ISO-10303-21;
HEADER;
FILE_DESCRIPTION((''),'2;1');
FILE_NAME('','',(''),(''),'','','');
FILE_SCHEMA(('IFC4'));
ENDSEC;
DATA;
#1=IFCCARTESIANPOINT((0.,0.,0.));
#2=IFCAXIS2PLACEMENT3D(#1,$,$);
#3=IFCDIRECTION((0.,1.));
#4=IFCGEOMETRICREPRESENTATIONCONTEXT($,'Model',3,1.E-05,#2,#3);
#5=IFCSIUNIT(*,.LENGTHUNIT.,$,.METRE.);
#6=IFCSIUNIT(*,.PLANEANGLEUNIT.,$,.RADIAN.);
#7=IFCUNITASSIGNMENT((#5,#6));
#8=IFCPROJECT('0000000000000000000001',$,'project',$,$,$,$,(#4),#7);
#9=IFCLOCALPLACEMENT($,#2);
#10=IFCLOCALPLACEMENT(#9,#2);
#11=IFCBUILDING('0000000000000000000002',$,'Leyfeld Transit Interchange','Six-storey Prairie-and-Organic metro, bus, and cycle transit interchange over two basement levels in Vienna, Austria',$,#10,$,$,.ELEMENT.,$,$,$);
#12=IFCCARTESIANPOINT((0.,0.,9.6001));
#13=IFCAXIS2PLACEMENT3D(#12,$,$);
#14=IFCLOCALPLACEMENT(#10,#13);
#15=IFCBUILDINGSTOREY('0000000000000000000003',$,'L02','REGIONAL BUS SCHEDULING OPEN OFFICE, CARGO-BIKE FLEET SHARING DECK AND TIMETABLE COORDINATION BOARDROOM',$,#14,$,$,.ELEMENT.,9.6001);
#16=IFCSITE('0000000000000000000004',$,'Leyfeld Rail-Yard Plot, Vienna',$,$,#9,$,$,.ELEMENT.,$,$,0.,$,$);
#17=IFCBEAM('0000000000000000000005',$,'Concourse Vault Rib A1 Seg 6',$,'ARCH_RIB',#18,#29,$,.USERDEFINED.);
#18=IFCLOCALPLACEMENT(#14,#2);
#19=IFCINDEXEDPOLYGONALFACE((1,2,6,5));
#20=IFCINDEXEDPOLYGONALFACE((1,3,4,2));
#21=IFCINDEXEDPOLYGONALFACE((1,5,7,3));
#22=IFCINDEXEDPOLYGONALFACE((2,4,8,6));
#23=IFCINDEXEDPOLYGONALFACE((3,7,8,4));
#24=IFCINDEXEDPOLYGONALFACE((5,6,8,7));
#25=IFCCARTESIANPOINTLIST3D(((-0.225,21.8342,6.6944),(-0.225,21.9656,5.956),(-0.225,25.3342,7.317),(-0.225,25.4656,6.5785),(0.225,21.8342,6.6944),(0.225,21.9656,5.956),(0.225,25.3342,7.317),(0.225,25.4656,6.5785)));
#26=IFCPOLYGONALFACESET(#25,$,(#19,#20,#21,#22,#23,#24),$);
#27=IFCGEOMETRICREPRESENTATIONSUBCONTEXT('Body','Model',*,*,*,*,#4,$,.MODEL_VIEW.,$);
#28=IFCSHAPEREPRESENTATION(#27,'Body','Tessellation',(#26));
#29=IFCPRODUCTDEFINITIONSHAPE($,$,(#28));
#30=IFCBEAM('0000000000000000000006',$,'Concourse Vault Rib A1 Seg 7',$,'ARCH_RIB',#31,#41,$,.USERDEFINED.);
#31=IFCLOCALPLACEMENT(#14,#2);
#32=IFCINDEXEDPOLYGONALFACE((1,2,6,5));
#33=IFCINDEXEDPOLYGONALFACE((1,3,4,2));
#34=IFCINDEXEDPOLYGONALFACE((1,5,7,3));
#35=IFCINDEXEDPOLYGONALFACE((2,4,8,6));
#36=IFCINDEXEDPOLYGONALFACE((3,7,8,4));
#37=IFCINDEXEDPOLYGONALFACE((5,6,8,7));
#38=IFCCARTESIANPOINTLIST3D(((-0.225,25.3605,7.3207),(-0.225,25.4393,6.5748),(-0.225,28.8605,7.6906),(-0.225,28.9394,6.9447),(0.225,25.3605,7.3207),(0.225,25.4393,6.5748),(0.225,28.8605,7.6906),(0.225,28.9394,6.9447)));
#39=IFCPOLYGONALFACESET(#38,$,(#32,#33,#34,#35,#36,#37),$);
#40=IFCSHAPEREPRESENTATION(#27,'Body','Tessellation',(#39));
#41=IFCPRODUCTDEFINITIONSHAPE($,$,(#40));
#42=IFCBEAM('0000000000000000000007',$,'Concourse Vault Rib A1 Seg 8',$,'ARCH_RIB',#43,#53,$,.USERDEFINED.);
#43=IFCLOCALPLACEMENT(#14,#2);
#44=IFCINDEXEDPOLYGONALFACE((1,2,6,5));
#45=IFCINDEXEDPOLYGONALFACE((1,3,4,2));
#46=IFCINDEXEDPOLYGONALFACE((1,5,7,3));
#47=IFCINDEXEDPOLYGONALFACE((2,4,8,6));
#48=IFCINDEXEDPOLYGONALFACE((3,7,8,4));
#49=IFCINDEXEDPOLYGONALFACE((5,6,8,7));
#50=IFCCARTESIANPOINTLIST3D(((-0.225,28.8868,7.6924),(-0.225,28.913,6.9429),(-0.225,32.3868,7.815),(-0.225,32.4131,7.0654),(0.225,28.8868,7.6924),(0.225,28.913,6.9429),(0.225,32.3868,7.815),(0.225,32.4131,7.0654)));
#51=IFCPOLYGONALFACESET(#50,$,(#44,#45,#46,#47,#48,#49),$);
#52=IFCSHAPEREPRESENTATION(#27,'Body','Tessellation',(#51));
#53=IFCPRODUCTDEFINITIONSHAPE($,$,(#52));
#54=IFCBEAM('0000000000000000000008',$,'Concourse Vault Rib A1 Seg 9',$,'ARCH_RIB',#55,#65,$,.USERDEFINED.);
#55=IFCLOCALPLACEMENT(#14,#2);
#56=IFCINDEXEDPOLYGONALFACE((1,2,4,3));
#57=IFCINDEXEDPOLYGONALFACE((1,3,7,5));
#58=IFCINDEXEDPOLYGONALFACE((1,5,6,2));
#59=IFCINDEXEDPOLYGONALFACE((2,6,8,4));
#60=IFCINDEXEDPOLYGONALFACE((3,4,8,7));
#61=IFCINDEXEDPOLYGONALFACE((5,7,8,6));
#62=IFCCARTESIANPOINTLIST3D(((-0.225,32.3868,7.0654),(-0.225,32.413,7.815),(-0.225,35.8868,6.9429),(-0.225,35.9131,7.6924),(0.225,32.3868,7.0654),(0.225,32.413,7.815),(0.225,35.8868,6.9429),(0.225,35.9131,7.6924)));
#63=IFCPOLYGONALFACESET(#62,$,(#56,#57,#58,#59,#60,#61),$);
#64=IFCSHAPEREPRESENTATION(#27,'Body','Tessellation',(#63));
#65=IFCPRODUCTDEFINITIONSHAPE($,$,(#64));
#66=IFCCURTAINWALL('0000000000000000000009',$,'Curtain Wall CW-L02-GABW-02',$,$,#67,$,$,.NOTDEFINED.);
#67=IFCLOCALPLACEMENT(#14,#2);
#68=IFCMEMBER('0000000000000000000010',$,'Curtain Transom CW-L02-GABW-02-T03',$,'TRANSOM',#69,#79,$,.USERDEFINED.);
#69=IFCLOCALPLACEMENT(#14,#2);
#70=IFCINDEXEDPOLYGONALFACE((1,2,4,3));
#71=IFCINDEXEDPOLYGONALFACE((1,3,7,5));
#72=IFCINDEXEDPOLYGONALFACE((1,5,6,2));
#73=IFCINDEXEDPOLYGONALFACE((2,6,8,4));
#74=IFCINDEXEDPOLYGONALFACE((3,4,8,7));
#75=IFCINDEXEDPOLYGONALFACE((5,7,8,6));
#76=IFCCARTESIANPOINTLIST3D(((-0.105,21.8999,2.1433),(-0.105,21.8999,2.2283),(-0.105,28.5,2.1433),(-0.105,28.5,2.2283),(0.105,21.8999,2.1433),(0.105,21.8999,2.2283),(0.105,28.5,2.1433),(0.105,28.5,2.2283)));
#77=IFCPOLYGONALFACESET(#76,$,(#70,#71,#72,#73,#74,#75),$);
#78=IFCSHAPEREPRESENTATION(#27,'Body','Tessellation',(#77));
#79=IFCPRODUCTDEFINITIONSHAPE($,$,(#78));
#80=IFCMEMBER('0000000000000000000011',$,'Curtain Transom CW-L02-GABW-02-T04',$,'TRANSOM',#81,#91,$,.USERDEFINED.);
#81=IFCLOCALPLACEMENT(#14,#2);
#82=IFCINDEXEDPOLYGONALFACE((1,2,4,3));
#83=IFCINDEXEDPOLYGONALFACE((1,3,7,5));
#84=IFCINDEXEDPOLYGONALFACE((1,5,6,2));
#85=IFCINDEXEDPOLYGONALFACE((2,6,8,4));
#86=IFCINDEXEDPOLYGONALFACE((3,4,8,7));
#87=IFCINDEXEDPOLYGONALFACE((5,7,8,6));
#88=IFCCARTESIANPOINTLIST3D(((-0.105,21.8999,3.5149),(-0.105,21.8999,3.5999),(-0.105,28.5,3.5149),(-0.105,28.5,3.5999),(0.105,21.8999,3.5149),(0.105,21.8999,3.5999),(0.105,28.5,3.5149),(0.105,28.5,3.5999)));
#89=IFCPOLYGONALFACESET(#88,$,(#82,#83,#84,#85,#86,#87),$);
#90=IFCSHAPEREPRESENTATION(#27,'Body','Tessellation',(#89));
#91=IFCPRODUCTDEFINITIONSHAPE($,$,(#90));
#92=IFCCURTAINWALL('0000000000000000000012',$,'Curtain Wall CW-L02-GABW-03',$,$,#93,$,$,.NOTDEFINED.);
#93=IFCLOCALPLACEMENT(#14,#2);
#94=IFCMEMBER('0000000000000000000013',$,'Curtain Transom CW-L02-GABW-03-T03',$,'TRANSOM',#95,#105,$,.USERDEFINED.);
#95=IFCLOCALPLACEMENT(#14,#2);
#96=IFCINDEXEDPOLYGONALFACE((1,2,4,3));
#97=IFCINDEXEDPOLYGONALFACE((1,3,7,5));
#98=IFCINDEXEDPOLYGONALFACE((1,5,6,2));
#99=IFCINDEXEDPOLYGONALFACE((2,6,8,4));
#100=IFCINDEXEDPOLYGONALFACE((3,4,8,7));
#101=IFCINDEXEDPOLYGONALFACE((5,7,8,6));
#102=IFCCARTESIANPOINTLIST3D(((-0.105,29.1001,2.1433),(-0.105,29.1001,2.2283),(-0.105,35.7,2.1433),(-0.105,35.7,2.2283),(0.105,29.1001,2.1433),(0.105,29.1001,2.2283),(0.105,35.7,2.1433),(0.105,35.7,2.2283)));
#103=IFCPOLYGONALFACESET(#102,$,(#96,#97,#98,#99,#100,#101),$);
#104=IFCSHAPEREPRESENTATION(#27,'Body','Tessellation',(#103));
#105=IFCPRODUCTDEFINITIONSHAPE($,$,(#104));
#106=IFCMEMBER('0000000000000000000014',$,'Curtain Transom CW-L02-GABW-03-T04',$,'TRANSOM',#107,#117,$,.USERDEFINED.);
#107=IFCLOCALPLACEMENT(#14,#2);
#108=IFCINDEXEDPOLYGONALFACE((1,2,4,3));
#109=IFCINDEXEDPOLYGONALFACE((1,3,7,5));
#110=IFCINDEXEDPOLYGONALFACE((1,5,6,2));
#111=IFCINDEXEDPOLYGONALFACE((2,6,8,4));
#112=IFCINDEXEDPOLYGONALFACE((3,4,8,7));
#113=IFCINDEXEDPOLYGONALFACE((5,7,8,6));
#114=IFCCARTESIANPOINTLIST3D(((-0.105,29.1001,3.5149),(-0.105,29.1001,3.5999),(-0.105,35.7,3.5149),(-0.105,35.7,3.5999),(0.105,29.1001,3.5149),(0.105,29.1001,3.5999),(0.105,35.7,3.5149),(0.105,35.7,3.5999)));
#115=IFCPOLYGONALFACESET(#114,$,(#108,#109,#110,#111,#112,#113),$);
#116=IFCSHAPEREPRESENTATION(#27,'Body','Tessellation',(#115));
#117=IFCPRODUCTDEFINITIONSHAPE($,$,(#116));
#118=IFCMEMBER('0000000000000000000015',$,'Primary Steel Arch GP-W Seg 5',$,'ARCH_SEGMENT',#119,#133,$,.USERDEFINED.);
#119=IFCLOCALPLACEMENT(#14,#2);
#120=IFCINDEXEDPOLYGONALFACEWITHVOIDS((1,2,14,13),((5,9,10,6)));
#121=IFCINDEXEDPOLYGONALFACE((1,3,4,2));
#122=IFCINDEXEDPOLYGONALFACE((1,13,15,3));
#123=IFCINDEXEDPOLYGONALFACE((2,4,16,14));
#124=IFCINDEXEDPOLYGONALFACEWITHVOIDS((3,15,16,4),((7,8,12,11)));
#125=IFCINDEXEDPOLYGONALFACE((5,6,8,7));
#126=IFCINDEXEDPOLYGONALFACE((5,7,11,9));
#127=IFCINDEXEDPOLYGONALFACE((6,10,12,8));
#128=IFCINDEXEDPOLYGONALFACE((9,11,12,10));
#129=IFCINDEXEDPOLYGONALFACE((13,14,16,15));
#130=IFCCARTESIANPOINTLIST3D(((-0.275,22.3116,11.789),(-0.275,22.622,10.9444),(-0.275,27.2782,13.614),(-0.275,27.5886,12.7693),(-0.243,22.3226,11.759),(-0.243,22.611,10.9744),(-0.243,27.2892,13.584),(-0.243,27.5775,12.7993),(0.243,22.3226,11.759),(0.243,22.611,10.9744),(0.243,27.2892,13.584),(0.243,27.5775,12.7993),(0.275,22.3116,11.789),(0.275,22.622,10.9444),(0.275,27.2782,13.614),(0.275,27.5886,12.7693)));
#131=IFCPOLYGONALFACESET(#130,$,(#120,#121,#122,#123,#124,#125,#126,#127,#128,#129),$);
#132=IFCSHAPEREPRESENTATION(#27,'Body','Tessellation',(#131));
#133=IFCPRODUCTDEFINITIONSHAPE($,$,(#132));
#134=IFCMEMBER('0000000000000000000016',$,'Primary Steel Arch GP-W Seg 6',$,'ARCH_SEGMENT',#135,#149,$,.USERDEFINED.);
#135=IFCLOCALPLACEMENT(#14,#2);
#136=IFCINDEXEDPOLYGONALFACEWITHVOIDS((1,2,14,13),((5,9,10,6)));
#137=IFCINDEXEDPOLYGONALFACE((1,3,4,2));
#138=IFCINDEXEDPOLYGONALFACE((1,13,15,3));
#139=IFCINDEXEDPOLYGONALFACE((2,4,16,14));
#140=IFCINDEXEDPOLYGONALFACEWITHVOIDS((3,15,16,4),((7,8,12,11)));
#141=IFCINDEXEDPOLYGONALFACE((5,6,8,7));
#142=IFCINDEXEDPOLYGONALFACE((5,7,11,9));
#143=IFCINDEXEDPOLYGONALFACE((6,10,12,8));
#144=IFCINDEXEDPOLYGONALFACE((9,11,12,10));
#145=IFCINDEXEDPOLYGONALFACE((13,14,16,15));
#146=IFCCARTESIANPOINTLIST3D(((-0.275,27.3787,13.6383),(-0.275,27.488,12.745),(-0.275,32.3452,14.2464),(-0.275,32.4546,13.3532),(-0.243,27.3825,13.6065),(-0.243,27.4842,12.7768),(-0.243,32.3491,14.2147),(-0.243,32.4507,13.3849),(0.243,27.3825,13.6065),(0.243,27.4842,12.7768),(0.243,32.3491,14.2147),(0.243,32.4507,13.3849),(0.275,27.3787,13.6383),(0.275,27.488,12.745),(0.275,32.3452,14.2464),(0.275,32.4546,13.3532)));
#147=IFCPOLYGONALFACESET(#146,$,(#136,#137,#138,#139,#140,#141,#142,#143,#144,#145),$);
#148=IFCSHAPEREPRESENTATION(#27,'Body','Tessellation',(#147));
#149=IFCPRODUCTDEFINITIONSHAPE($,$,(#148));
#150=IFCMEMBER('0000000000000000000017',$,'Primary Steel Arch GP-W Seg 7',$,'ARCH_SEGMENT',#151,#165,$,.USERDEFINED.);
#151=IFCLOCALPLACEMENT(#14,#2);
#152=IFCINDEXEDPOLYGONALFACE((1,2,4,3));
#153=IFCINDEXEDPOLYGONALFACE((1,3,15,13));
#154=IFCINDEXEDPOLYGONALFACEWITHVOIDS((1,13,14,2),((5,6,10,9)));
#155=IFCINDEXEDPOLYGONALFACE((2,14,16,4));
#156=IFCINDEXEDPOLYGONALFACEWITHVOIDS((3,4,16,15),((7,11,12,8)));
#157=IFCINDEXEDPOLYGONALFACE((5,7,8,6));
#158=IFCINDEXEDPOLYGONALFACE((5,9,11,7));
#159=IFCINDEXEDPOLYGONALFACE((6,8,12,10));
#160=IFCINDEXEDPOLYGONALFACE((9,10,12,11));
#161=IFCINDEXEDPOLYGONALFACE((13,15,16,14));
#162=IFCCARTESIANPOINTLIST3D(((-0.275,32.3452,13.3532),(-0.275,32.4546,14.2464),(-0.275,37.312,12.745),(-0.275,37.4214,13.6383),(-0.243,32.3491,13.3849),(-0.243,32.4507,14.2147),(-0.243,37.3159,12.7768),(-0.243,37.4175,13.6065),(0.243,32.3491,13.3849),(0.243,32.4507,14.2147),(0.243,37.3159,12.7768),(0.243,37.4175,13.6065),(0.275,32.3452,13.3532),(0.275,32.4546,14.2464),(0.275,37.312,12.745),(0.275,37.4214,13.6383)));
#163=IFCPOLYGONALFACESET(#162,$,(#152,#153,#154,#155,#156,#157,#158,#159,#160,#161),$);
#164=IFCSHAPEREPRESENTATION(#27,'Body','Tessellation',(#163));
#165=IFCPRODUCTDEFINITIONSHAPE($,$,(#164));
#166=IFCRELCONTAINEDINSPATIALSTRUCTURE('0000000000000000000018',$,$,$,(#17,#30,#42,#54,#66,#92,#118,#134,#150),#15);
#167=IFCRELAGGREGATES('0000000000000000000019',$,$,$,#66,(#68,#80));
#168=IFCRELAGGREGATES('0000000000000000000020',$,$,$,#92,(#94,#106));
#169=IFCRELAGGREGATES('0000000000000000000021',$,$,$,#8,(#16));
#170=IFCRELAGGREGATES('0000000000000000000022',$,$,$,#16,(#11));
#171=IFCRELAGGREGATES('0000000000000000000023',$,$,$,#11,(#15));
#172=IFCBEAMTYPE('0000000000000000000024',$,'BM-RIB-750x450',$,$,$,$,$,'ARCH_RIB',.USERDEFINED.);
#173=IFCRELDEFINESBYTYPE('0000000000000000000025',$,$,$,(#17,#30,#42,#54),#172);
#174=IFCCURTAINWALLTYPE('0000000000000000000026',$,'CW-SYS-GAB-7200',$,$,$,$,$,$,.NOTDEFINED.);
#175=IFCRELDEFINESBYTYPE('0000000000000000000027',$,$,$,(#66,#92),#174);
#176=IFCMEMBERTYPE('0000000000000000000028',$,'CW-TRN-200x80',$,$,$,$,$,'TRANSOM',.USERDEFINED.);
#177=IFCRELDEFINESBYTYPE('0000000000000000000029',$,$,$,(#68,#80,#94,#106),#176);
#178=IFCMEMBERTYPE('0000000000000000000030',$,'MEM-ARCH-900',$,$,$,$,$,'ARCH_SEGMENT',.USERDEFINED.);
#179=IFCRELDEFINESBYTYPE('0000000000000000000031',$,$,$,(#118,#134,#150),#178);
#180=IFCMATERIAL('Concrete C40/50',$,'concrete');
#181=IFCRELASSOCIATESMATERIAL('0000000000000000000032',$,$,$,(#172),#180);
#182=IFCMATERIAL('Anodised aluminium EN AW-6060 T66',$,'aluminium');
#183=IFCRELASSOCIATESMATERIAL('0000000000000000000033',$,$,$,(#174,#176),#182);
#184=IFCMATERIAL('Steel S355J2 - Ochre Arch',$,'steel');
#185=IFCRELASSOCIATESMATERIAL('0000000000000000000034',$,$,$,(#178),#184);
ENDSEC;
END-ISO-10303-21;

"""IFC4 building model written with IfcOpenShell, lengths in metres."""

from ifc_helpers import new_model, si_unit, direction, frame, origin, origin_2d, place, context, subcontext, project, spatial, rectangle, hollow_rectangle, extrude, material, material_profile, profile_set, type_object, element, aggregate, save


model = new_model("IFC4")

# Units and contexts
model_context = context("Model", 3, precision=1e-05, world=origin(), true_north=direction((0.0, 1.0)))
body_context = subcontext(model_context, "Body", "Model", "MODEL_VIEW")
ifc_project = project(units=[si_unit("LENGTHUNIT", "METRE"), si_unit("PLANEANGLEUNIT", "RADIAN")], contexts=[model_context])

# Site, building, storey
site_placement = place(None, origin())
site = spatial("IfcSite", under=ifc_project, at=site_placement, Name="Leyfeld Rail-Yard Plot, Vienna", CompositionType="ELEMENT", RefElevation=0.0)
building_placement = place(site_placement, origin())
building = spatial("IfcBuilding", under=site, at=building_placement, Name="Leyfeld Transit Interchange", Description="Six-storey Prairie-and-Organic metro, bus, and cycle transit interchange over two basement levels in Vienna, Austria", CompositionType="ELEMENT")
storey_placement = place(building_placement, frame((0.0, 0.0, 9.6001)))
storey = spatial("IfcBuildingStorey", under=building, at=storey_placement, Name="L02", Description="REGIONAL BUS SCHEDULING OPEN OFFICE, CARGO-BIKE FLEET SHARING DECK AND TIMETABLE COORDINATION BOARDROOM", CompositionType="ELEMENT", Elevation=9.6001)

# Beams
ifc_material_1 = material(Name="Concrete C40/50", Category="concrete")
ifc_material_profile_1 = material_profile(ifc_material_1, rectangle(XDim=0.45, YDim=0.75, at=origin_2d()), Name="RC 750x450 RIB")
ifc_profile_set_1 = profile_set([ifc_material_profile_1], Name="Concrete C40/50")
beam_type = type_object("IfcBeamType", Name="BM-RIB-750x450", ElementType="ARCH_RIB", PredefinedType="USERDEFINED", material=ifc_profile_set_1)
beam_1_placement = place(storey_placement, frame((0.0, 21.8999, 6.3252), z_axis=(0.0, 0.984546, 0.175125), x_axis=(-1.0, 0.0, 0.0)))
element("IfcBeam", 1, at=beam_1_placement, inside=storey, type_object=beam_type, Name="Concourse Vault Rib A1 Seg 6", ObjectType="ARCH_RIB", PredefinedType="USERDEFINED", context=body_context, shape_type="SweptSolid", body=[
    extrude(rectangle(XDim=0.45, YDim=0.75, at=origin_2d()), origin(), (0.0, 0.0, 1.0), 3.5549),
])
beam_2_placement = place(storey_placement, frame((0.0, 25.3999, 6.9478), z_axis=(0.0, 0.994462, 0.105093), x_axis=(-1.0, 0.0, 0.0)))
element("IfcBeam", 2, at=beam_2_placement, inside=storey, type_object=beam_type, Name="Concourse Vault Rib A1 Seg 7", ObjectType="ARCH_RIB", PredefinedType="USERDEFINED", context=body_context, shape_type="SweptSolid", body=[
    extrude(rectangle(XDim=0.45, YDim=0.75, at=origin_2d()), origin(), (0.0, 0.0, 1.0), 3.5195),
])
for number, where, z_axis, x_axis, name in (
    (3, (0.0, 28.8999, 7.3176), (0.0, 0.999387, 0.034995), (-1.0, 0.0, 0.0), "Concourse Vault Rib A1 Seg 8"),
    (4, (0.0, 32.3999, 7.4402), (0.0, 0.999387, -0.034995), (-1.0, 0.0, 0.0), "Concourse Vault Rib A1 Seg 9"),
):
    element("IfcBeam", number, at=place(storey_placement, frame(where, z_axis=z_axis, x_axis=x_axis)), inside=storey, type_object=beam_type, Name=name, ObjectType="ARCH_RIB", PredefinedType="USERDEFINED", context=body_context, shape_type="SweptSolid", body=[
        extrude(rectangle(XDim=0.45, YDim=0.75, at=origin_2d()), origin(), (0.0, 0.0, 1.0), 3.5022),
    ])

# Curtain walls, members
ifc_material_2 = material(Name="Anodised aluminium EN AW-6060 T66", Category="aluminium")
curtain_wall_type = type_object("IfcCurtainWallType", Name="CW-SYS-GAB-7200", PredefinedType="NOTDEFINED", material=ifc_material_2)
curtain_wall_1_placement = place(storey_placement, origin())
curtain_wall_1 = element("IfcCurtainWall", 5, at=curtain_wall_1_placement, inside=storey, type_object=curtain_wall_type, Name="Curtain Wall CW-L02-GABW-02", PredefinedType="NOTDEFINED")
ifc_material_profile_2 = material_profile(ifc_material_2, rectangle(XDim=0.21, YDim=0.085, at=origin_2d()), Name="CW-TRN-200x80")
ifc_profile_set_2 = profile_set([ifc_material_profile_2], Name="Anodised aluminium EN AW-6060 T66")
member_type_1 = type_object("IfcMemberType", Name="CW-TRN-200x80", ElementType="TRANSOM", PredefinedType="USERDEFINED", material=ifc_profile_set_2)
member_1_placement = place(storey_placement, frame((0.0, 21.8999, 2.1858), z_axis=(0.0, 1.0, 0.0), x_axis=(-1.0, 0.0, 0.0)))
member_1 = element("IfcMember", 6, at=member_1_placement, type_object=member_type_1, Name="Curtain Transom CW-L02-GABW-02-T03", ObjectType="TRANSOM", PredefinedType="USERDEFINED", context=body_context, shape_type="SweptSolid", body=[
    extrude(rectangle(XDim=0.21, YDim=0.085, at=origin_2d()), origin(), (0.0, 0.0, 1.0), 6.6001),
])
member_2_placement = place(storey_placement, frame((0.0, 21.8999, 3.5574), z_axis=(0.0, 1.0, 0.0), x_axis=(-1.0, 0.0, 0.0)))
member_2 = element("IfcMember", 7, at=member_2_placement, type_object=member_type_1, Name="Curtain Transom CW-L02-GABW-02-T04", ObjectType="TRANSOM", PredefinedType="USERDEFINED", context=body_context, shape_type="SweptSolid", body=[
    extrude(rectangle(XDim=0.21, YDim=0.085, at=origin_2d()), origin(), (0.0, 0.0, 1.0), 6.6001),
])
curtain_wall_2_placement = place(storey_placement, origin())
curtain_wall_2 = element("IfcCurtainWall", 8, at=curtain_wall_2_placement, inside=storey, type_object=curtain_wall_type, Name="Curtain Wall CW-L02-GABW-03", PredefinedType="NOTDEFINED")
member_3_placement = place(storey_placement, frame((0.0, 29.1001, 2.1858), z_axis=(0.0, 1.0, 0.0), x_axis=(-1.0, 0.0, 0.0)))
member_3 = element("IfcMember", 9, at=member_3_placement, type_object=member_type_1, Name="Curtain Transom CW-L02-GABW-03-T03", ObjectType="TRANSOM", PredefinedType="USERDEFINED", context=body_context, shape_type="SweptSolid", body=[
    extrude(rectangle(XDim=0.21, YDim=0.085, at=origin_2d()), origin(), (0.0, 0.0, 1.0), 6.5999),
])
member_4_placement = place(storey_placement, frame((0.0, 29.1001, 3.5574), z_axis=(0.0, 1.0, 0.0), x_axis=(-1.0, 0.0, 0.0)))
member_4 = element("IfcMember", 10, at=member_4_placement, type_object=member_type_1, Name="Curtain Transom CW-L02-GABW-03-T04", ObjectType="TRANSOM", PredefinedType="USERDEFINED", context=body_context, shape_type="SweptSolid", body=[
    extrude(rectangle(XDim=0.21, YDim=0.085, at=origin_2d()), origin(), (0.0, 0.0, 1.0), 6.5999),
])

# Members
ifc_material_3 = material(Name="Steel S355J2 - Ochre Arch", Category="steel")
ifc_material_profile_3 = material_profile(ifc_material_3, hollow_rectangle(XDim=0.55, YDim=0.8999, WallThickness=0.032, at=origin_2d()), Name="RHS 900x550x32")
ifc_profile_set_3 = profile_set([ifc_material_profile_3], Name="Steel S355J2 - Ochre Arch")
member_type_2 = type_object("IfcMemberType", Name="MEM-ARCH-900", ElementType="ARCH_SEGMENT", PredefinedType="USERDEFINED", material=ifc_profile_set_3)
member_5_placement = place(storey_placement, frame((0.0, 22.4668, 11.3667), z_axis=(0.0, 0.938639, 0.344901), x_axis=(-1.0, 0.0, 0.0)))
element("IfcMember", 11, at=member_5_placement, inside=storey, type_object=member_type_2, Name="Primary Steel Arch GP-W Seg 5", ObjectType="ARCH_SEGMENT", PredefinedType="USERDEFINED", context=body_context, shape_type="SweptSolid", body=[
    extrude(hollow_rectangle(XDim=0.55, YDim=0.8999, WallThickness=0.032, at=origin_2d()), origin(), (0.0, 0.0, 1.0), 5.2913),
])
member_6_placement = place(storey_placement, frame((0.0, 27.4333, 13.1917), z_axis=(0.0, 0.992586, 0.121542), x_axis=(-1.0, 0.0, 0.0)))
element("IfcMember", 12, at=member_6_placement, inside=storey, type_object=member_type_2, Name="Primary Steel Arch GP-W Seg 6", ObjectType="ARCH_SEGMENT", PredefinedType="USERDEFINED", context=body_context, shape_type="SweptSolid", body=[
    extrude(hollow_rectangle(XDim=0.55, YDim=0.8999, WallThickness=0.032, at=origin_2d()), origin(), (0.0, 0.0, 1.0), 5.0037),
])
member_7_placement = place(storey_placement, frame((0.0, 32.3999, 13.7998), z_axis=(0.0, 0.992587, -0.121536), x_axis=(-1.0, 0.0, 0.0)))
element("IfcMember", 13, at=member_7_placement, inside=storey, type_object=member_type_2, Name="Primary Steel Arch GP-W Seg 7", ObjectType="ARCH_SEGMENT", PredefinedType="USERDEFINED", context=body_context, shape_type="SweptSolid", body=[
    extrude(hollow_rectangle(XDim=0.55, YDim=0.8999, WallThickness=0.032, at=origin_2d()), origin(), (0.0, 0.0, 1.0), 5.0039),
])

aggregate(curtain_wall_1, [member_1, member_2])
aggregate(curtain_wall_2, [member_3, member_4])

save(model, "model.ifc")
